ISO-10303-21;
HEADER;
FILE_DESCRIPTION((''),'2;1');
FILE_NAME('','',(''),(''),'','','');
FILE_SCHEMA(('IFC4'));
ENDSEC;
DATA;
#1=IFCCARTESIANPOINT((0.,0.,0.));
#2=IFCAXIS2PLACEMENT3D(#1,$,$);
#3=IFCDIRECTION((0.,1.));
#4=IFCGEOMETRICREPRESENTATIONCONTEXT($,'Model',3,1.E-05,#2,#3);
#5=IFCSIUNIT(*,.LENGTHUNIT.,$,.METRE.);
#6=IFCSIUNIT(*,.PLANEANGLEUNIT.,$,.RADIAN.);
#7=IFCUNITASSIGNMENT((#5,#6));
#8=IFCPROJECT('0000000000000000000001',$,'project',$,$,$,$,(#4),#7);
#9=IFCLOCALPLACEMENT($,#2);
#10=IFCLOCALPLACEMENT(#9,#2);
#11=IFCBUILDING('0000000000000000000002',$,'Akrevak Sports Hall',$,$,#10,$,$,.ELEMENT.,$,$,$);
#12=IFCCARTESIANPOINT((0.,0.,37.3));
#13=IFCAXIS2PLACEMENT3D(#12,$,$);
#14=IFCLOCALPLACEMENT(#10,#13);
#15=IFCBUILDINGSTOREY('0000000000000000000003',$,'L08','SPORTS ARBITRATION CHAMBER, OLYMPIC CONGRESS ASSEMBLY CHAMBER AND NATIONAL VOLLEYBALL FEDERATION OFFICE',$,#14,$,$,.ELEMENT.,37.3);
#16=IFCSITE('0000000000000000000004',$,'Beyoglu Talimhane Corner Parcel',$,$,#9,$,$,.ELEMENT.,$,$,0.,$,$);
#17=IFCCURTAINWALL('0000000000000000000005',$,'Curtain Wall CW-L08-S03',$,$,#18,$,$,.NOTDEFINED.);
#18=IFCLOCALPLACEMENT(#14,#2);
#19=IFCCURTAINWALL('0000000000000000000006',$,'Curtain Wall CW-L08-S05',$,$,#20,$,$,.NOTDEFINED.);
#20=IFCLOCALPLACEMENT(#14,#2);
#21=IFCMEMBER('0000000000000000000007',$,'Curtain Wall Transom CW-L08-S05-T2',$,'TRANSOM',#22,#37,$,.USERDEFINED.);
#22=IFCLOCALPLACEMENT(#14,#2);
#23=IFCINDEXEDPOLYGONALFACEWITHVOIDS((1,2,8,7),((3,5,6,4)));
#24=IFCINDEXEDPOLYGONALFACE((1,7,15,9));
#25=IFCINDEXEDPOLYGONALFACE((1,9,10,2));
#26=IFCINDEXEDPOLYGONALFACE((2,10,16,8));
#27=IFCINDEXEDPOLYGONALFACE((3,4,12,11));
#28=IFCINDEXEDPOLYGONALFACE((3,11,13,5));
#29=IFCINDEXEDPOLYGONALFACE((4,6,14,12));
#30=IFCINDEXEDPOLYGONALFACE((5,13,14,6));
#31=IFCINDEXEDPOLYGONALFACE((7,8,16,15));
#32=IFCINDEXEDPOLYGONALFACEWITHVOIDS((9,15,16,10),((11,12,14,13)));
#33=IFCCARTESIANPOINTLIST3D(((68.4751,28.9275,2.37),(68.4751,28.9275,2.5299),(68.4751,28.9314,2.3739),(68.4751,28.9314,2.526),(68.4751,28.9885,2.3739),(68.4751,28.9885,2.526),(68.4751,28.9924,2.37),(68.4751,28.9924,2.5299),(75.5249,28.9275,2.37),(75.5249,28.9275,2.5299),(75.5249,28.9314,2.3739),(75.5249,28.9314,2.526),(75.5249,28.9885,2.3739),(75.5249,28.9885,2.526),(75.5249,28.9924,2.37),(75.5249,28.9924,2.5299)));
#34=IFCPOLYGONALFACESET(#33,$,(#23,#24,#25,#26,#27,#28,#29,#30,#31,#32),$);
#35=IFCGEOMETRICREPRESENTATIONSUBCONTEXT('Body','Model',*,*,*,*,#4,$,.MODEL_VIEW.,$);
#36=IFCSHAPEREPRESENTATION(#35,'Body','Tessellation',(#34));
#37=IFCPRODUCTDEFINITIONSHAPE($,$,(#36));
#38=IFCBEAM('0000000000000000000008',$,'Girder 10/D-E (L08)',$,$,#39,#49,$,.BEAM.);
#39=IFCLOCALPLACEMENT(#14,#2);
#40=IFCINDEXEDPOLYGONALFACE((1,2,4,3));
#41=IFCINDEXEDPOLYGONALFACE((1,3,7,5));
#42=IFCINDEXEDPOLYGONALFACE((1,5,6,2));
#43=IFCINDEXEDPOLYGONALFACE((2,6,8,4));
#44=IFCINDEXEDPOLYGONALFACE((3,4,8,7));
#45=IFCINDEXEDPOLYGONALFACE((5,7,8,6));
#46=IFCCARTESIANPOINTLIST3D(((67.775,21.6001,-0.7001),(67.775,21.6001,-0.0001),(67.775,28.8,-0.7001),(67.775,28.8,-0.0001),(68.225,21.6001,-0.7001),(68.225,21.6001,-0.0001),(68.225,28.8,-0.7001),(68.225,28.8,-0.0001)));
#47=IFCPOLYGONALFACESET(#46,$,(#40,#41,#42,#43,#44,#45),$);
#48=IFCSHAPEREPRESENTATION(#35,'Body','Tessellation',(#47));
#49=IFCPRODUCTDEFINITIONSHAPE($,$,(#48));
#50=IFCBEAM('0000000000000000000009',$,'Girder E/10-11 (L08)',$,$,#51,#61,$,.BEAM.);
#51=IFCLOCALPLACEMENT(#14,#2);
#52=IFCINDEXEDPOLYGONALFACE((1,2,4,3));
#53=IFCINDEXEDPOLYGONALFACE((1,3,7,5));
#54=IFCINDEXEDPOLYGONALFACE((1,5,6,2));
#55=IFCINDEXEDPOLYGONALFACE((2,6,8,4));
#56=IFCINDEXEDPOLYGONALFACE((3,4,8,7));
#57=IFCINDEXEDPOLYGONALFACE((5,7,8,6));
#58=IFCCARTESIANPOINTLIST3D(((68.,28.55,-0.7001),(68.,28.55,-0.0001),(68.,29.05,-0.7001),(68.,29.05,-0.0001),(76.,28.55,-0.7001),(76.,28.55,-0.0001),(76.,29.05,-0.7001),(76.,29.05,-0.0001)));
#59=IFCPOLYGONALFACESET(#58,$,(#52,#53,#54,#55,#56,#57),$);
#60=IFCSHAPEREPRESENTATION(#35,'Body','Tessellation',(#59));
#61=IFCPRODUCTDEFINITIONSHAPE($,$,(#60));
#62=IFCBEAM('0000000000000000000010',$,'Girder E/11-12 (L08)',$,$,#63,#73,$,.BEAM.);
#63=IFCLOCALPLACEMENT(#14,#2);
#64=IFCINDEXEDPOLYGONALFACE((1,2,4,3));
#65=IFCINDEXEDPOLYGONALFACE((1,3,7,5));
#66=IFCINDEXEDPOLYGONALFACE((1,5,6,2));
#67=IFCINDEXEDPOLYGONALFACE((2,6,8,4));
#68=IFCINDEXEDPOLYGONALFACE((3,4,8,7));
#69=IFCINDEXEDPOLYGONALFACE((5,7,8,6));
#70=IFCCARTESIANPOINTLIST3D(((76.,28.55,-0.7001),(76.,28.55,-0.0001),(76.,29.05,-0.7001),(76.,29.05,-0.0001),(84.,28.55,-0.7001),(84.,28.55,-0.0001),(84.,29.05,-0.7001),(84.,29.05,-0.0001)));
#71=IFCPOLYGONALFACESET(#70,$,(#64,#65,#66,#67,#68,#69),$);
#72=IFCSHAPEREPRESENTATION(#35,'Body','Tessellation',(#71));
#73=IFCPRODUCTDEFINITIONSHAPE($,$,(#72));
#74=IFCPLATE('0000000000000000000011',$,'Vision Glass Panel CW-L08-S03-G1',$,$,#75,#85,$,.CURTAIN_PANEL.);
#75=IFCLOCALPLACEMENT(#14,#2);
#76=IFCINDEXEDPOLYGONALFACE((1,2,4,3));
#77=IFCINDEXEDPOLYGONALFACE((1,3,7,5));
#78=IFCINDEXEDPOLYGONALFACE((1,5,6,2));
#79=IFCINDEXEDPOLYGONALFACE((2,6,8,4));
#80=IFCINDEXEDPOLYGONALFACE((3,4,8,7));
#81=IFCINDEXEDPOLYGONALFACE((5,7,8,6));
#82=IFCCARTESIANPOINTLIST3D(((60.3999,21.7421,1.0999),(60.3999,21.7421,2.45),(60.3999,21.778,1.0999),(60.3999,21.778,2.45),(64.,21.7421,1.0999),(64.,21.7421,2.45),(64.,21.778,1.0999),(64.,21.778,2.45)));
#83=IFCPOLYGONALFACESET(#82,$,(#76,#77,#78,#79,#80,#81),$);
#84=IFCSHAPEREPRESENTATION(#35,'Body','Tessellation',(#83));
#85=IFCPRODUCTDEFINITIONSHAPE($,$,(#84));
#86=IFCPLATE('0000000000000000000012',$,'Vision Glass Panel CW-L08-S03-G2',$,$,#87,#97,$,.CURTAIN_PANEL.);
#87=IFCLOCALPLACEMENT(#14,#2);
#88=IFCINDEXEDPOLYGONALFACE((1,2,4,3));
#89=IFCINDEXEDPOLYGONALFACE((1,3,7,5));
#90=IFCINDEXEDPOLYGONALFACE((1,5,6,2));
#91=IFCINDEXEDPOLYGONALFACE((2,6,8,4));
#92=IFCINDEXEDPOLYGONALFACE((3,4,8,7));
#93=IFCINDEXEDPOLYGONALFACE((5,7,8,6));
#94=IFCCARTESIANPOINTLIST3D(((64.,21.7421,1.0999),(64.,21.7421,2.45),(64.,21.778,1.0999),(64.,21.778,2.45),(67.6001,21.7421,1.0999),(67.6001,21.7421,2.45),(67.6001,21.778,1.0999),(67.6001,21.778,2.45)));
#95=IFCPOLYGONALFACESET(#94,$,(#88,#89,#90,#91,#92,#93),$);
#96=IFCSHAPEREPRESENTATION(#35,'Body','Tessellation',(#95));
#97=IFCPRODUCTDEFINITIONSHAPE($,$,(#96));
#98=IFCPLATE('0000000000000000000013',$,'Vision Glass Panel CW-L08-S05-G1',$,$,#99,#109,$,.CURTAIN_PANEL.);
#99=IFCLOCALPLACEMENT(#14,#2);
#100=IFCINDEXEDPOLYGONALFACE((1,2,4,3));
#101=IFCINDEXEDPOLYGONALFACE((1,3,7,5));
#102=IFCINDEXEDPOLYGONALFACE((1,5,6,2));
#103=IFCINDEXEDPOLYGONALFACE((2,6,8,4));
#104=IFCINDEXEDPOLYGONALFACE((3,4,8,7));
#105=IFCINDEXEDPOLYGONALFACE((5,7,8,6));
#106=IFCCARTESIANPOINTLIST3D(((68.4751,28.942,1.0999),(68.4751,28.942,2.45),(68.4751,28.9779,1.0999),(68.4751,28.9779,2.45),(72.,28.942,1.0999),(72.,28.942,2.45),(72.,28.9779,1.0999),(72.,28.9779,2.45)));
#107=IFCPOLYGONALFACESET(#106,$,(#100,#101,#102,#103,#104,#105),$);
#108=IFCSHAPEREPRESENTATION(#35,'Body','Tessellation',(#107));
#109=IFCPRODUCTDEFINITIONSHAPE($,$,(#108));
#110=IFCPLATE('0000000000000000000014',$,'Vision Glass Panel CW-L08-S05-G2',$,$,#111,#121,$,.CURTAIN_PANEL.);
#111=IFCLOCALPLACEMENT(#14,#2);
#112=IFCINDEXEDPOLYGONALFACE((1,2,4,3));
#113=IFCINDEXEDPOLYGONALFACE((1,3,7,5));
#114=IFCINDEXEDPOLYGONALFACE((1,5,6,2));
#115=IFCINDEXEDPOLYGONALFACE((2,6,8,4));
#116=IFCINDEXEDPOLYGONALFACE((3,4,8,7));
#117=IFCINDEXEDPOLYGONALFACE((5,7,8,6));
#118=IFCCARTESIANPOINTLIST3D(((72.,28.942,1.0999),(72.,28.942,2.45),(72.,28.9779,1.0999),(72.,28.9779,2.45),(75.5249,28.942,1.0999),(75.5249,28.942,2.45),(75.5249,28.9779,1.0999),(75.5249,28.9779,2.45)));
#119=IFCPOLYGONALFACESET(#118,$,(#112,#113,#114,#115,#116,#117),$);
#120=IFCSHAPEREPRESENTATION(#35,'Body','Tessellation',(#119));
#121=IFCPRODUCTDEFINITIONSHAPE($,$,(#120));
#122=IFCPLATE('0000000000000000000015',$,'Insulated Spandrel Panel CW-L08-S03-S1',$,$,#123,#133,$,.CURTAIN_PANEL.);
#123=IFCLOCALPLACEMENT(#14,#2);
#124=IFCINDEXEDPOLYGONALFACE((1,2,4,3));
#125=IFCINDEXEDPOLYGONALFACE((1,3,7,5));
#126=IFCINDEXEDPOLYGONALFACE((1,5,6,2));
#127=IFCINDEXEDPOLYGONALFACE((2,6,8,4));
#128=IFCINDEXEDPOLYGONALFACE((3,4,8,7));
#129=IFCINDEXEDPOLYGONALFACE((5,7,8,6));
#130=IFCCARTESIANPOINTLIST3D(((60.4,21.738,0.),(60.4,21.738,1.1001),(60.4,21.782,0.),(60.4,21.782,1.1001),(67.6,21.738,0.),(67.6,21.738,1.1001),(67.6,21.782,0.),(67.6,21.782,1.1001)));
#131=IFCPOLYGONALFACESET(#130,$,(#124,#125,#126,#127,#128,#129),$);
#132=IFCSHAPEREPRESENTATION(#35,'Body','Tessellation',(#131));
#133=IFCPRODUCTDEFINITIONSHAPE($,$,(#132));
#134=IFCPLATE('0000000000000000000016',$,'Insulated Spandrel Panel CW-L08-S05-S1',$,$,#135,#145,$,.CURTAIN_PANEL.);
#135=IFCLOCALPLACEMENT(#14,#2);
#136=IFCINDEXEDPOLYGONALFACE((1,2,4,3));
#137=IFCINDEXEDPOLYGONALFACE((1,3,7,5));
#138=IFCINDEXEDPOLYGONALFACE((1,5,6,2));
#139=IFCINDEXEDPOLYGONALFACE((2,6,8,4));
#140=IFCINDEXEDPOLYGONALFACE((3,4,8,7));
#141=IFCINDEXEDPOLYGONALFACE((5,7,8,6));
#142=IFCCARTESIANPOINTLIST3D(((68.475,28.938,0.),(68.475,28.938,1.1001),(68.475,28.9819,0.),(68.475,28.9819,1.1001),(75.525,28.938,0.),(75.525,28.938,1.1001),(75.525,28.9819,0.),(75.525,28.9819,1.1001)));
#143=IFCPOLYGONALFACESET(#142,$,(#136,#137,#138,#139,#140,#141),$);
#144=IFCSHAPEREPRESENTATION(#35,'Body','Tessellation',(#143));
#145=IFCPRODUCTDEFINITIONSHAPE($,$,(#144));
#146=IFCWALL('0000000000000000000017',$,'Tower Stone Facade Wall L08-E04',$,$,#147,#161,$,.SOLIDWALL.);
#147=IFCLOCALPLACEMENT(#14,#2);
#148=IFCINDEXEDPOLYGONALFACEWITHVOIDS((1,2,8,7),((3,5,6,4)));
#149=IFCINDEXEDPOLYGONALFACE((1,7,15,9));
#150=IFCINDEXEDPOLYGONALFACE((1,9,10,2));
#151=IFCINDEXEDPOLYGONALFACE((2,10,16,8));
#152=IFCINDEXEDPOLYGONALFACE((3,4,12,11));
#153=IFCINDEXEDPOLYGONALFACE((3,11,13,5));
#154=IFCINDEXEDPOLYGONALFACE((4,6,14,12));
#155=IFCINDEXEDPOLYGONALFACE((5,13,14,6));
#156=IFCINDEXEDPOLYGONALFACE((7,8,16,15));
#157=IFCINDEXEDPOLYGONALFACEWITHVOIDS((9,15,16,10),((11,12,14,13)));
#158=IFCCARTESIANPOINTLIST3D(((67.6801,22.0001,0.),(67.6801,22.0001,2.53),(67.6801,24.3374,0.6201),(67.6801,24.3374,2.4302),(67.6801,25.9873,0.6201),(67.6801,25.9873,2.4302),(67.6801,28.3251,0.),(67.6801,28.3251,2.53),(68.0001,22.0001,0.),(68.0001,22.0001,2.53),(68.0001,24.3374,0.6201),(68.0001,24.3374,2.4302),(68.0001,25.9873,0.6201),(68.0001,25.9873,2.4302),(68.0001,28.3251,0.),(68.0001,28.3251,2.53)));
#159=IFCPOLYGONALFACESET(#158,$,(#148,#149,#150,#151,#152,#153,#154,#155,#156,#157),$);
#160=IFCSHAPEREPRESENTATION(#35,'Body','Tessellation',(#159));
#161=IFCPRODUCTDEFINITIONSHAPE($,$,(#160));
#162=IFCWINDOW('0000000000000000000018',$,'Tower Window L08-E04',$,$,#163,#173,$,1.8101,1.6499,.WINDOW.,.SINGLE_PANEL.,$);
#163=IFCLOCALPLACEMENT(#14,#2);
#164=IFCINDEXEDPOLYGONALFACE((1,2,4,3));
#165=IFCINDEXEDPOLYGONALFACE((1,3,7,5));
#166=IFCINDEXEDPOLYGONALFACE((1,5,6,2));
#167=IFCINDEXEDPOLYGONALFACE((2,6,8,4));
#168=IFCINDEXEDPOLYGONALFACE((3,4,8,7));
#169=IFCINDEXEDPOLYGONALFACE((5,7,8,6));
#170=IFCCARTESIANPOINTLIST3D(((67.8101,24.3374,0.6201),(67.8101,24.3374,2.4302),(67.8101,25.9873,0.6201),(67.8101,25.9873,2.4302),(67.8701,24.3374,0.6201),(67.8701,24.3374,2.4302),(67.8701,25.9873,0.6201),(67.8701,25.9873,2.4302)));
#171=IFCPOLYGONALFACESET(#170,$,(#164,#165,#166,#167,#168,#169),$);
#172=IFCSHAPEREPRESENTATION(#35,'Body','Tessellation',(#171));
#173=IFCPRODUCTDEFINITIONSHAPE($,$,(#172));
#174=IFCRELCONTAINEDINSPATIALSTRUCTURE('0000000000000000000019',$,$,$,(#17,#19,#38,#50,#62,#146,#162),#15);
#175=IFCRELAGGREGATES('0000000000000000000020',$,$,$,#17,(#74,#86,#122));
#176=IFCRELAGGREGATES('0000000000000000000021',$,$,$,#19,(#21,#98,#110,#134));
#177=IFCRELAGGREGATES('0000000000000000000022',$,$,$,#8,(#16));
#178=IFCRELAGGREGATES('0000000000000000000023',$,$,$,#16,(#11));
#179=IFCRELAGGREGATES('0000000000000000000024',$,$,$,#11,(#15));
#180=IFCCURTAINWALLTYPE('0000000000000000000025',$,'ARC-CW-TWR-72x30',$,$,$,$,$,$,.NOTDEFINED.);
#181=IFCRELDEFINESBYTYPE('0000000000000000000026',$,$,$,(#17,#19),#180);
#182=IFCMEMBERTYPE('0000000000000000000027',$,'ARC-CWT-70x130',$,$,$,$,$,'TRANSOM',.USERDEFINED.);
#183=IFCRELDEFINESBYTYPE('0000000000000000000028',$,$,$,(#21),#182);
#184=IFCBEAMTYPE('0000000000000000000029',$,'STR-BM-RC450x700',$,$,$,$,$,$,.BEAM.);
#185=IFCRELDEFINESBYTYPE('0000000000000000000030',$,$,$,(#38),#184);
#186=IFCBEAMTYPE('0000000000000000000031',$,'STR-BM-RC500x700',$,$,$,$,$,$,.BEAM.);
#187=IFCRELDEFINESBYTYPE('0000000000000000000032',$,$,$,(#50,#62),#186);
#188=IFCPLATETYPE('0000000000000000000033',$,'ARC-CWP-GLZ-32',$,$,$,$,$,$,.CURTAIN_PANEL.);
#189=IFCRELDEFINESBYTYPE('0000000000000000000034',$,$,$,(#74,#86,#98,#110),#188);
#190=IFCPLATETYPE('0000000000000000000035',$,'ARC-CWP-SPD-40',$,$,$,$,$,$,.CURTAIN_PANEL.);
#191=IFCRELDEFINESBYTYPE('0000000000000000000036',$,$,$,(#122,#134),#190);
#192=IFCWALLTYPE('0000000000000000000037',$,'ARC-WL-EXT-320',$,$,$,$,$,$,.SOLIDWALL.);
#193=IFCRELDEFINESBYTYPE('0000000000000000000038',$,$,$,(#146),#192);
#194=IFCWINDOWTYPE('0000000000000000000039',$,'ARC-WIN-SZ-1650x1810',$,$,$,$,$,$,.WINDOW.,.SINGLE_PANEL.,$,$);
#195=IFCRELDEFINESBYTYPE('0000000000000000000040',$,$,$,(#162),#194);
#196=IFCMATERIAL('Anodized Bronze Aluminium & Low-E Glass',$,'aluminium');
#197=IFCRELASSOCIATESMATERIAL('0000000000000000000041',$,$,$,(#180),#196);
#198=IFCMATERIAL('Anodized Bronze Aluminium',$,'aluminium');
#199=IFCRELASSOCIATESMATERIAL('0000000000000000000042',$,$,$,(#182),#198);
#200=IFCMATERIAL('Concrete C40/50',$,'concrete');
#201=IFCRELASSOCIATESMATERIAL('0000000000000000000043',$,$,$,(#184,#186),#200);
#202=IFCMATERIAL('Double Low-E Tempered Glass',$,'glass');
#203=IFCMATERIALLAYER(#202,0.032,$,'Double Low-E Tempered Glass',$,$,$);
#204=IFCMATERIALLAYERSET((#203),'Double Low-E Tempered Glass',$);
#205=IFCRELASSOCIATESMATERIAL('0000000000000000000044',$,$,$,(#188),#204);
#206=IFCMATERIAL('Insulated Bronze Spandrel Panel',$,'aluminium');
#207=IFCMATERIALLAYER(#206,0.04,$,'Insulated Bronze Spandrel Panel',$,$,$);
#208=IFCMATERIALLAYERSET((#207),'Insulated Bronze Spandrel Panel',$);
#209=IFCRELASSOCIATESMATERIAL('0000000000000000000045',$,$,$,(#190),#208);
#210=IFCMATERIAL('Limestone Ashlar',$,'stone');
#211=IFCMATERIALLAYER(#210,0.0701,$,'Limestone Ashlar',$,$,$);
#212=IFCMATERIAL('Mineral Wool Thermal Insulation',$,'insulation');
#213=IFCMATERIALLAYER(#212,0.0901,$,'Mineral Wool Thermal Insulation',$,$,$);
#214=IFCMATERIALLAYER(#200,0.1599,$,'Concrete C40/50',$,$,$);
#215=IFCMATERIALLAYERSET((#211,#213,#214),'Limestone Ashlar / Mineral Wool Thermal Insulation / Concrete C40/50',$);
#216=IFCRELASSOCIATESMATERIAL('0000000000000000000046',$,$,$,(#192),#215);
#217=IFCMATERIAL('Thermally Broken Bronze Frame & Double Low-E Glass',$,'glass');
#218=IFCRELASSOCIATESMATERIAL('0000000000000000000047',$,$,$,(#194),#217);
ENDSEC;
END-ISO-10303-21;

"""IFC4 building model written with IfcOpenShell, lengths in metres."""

from ifc_helpers import new_model, si_unit, direction, frame, frame_2d, origin, origin_2d, place, context, subcontext, project, spatial, rectangle, hollow_rectangle, extrude, material, layer, layer_set, material_profile, profile_set, type_object, element, fill, aggregate, save


model = new_model("IFC4")

# Units and contexts
model_context = context("Model", 3, precision=1e-05, world=origin(), true_north=direction((0.0, 1.0)))
body_context = subcontext(model_context, "Body", "Model", "MODEL_VIEW")
ifc_project = project(units=[si_unit("LENGTHUNIT", "METRE"), si_unit("PLANEANGLEUNIT", "RADIAN")], contexts=[model_context])

# Site, building, storey
site_placement = place(None, origin())
site = spatial("IfcSite", under=ifc_project, at=site_placement, Name="Beyoglu Talimhane Corner Parcel", CompositionType="ELEMENT", RefElevation=0.0)
building_placement = place(site_placement, origin())
building = spatial("IfcBuilding", under=site, at=building_placement, Name="Akrevak Sports Hall", CompositionType="ELEMENT")
storey_placement = place(building_placement, frame((0.0, 0.0, 37.3)))
storey = spatial("IfcBuildingStorey", under=building, at=storey_placement, Name="L08", Description="SPORTS ARBITRATION CHAMBER, OLYMPIC CONGRESS ASSEMBLY CHAMBER AND NATIONAL VOLLEYBALL FEDERATION OFFICE", CompositionType="ELEMENT", Elevation=37.3)

# Shared definitions
ifc_material_1 = material(Name="Concrete C40/50", Category="concrete")

# Curtain walls
ifc_material_2 = material(Name="Anodized Bronze Aluminium & Low-E Glass", Category="aluminium")
curtain_wall_type = type_object("IfcCurtainWallType", Name="ARC-CW-TWR-72x30", PredefinedType="NOTDEFINED", material=ifc_material_2)
curtain_wall_1_placement = place(storey_placement, origin())
curtain_wall_1 = element("IfcCurtainWall", 1, at=curtain_wall_1_placement, inside=storey, type_object=curtain_wall_type, Name="Curtain Wall CW-L08-S03", PredefinedType="NOTDEFINED")
ifc_material_3 = material(Name="Anodized Bronze Aluminium", Category="aluminium")
curtain_wall_2_placement = place(storey_placement, origin())
curtain_wall_2 = element("IfcCurtainWall", 2, at=curtain_wall_2_placement, inside=storey, type_object=curtain_wall_type, Name="Curtain Wall CW-L08-S05", PredefinedType="NOTDEFINED")

# Member
ifc_material_profile_1 = material_profile(ifc_material_3, hollow_rectangle(XDim=0.0649, YDim=0.1599, WallThickness=0.0039, at=origin_2d()), Name="CWT 65x160", Category="aluminium")
ifc_profile_set_1 = profile_set([ifc_material_profile_1], Name="Anodized Bronze Aluminium")
member_type_1 = type_object("IfcMemberType", Name="ARC-CWT-70x130", ElementType="TRANSOM", PredefinedType="USERDEFINED", material=ifc_profile_set_1)
member_1_placement = place(storey_placement, frame((68.4751, 28.96, 2.45), z_axis=(1.0, 0.0, 0.0), x_axis=(0.0, 1.0, 0.0)))
member_1 = element("IfcMember", 3, at=member_1_placement, type_object=member_type_1, Name="Curtain Wall Transom CW-L08-S05-T2", ObjectType="TRANSOM", PredefinedType="USERDEFINED", context=body_context, shape_type="SweptSolid", body=[
    extrude(hollow_rectangle(XDim=0.0649, YDim=0.1599, WallThickness=0.0039, at=origin_2d()), origin(), (0.0, 0.0, 1.0), 7.0498),
])

# Beams
ifc_material_profile_2 = material_profile(ifc_material_1, rectangle(XDim=0.45, YDim=0.7, at=origin_2d()), Name="BM 450x700", Category="concrete")
ifc_profile_set_2 = profile_set([ifc_material_profile_2], Name="Concrete C40/50")
beam_type_1 = type_object("IfcBeamType", Name="STR-BM-RC450x700", PredefinedType="BEAM", material=ifc_profile_set_2)
beam_placement = place(storey_placement, frame((68.0, 21.6001, -0.3501), z_axis=(0.0, 1.0, 0.0), x_axis=(-1.0, 0.0, 0.0)))
element("IfcBeam", 4, at=beam_placement, inside=storey, type_object=beam_type_1, Name="Girder 10/D-E (L08)", PredefinedType="BEAM", context=body_context, shape_type="SweptSolid", body=[
    extrude(rectangle(XDim=0.45, YDim=0.7, at=origin_2d()), origin(), (0.0, 0.0, 1.0), 7.2),
])
ifc_material_profile_3 = material_profile(ifc_material_1, rectangle(XDim=0.5, YDim=0.7, at=origin_2d()), Name="BM 500x700", Category="concrete")
ifc_profile_set_3 = profile_set([ifc_material_profile_3], Name="Concrete C40/50")
beam_type_2 = type_object("IfcBeamType", Name="STR-BM-RC500x700", PredefinedType="BEAM", material=ifc_profile_set_3)
for number, where, z_axis, x_axis, name in (
    (5, (68.0, 28.8, -0.3501), (1.0, 0.0, 0.0), (0.0, 1.0, 0.0), "Girder E/10-11 (L08)"),
    (6, (76.0, 28.8, -0.3501), (1.0, 0.0, 0.0), (0.0, 1.0, 0.0), "Girder E/11-12 (L08)"),
):
    element("IfcBeam", number, at=place(storey_placement, frame(where, z_axis=z_axis, x_axis=x_axis)), inside=storey, type_object=beam_type_2, Name=name, PredefinedType="BEAM", context=body_context, shape_type="SweptSolid", body=[
        extrude(rectangle(XDim=0.5, YDim=0.7, at=origin_2d()), origin(), (0.0, 0.0, 1.0), 8.0),
    ])

# Plates
ifc_material_4 = material(Name="Double Low-E Tempered Glass", Category="glass")
ifc_layer_1 = layer(ifc_material_4, 0.032, Name="Double Low-E Tempered Glass")
ifc_layer_set_1 = layer_set([ifc_layer_1], Name="Double Low-E Tempered Glass")
plate_type_1 = type_object("IfcPlateType", Name="ARC-CWP-GLZ-32", PredefinedType="CURTAIN_PANEL", material=ifc_layer_set_1)
plate_1_placement = place(storey_placement, frame((62.2, 21.76, 1.0999), z_axis=(0.0, 0.0, 1.0), x_axis=(1.0, 0.0, 0.0)))
plate_1 = element("IfcPlate", 7, at=plate_1_placement, type_object=plate_type_1, Name="Vision Glass Panel CW-L08-S03-G1", PredefinedType="CURTAIN_PANEL", context=body_context, shape_type="SweptSolid", body=[
    extrude(rectangle(XDim=3.6001, YDim=0.0359, at=origin_2d()), origin(), (0.0, 0.0, 1.0), 1.3501),
])
plate_2_placement = place(storey_placement, frame((65.8, 21.76, 1.0999), z_axis=(0.0, 0.0, 1.0), x_axis=(1.0, 0.0, 0.0)))
plate_2 = element("IfcPlate", 8, at=plate_2_placement, type_object=plate_type_1, Name="Vision Glass Panel CW-L08-S03-G2", PredefinedType="CURTAIN_PANEL", context=body_context, shape_type="SweptSolid", body=[
    extrude(rectangle(XDim=3.6001, YDim=0.0359, at=origin_2d()), origin(), (0.0, 0.0, 1.0), 1.3501),
])
plate_3_placement = place(storey_placement, frame((70.2375, 28.96, 1.0999), z_axis=(0.0, 0.0, 1.0), x_axis=(1.0, 0.0, 0.0)))
plate_3 = element("IfcPlate", 9, at=plate_3_placement, type_object=plate_type_1, Name="Vision Glass Panel CW-L08-S05-G1", PredefinedType="CURTAIN_PANEL", context=body_context, shape_type="SweptSolid", body=[
    extrude(rectangle(XDim=3.5249, YDim=0.0359, at=origin_2d()), origin(), (0.0, 0.0, 1.0), 1.3501),
])
plate_4_placement = place(storey_placement, frame((73.7625, 28.96, 1.0999), z_axis=(0.0, 0.0, 1.0), x_axis=(1.0, 0.0, 0.0)))
plate_4 = element("IfcPlate", 10, at=plate_4_placement, type_object=plate_type_1, Name="Vision Glass Panel CW-L08-S05-G2", PredefinedType="CURTAIN_PANEL", context=body_context, shape_type="SweptSolid", body=[
    extrude(rectangle(XDim=3.5249, YDim=0.0359, at=origin_2d()), origin(), (0.0, 0.0, 1.0), 1.3501),
])
ifc_material_5 = material(Name="Insulated Bronze Spandrel Panel", Category="aluminium")
ifc_layer_2 = layer(ifc_material_5, 0.04, Name="Insulated Bronze Spandrel Panel")
ifc_layer_set_2 = layer_set([ifc_layer_2], Name="Insulated Bronze Spandrel Panel")
plate_type_2 = type_object("IfcPlateType", Name="ARC-CWP-SPD-40", PredefinedType="CURTAIN_PANEL", material=ifc_layer_set_2)
plate_5_placement = place(storey_placement, frame((64.0, 21.76, 0.0), z_axis=(0.0, 0.0, 1.0), x_axis=(1.0, 0.0, 0.0)))
plate_5 = element("IfcPlate", 11, at=plate_5_placement, type_object=plate_type_2, Name="Insulated Spandrel Panel CW-L08-S03-S1", PredefinedType="CURTAIN_PANEL", context=body_context, shape_type="SweptSolid", body=[
    extrude(rectangle(XDim=7.2, YDim=0.0439, at=origin_2d()), origin(), (0.0, 0.0, 1.0), 1.1001),
])
aggregate(curtain_wall_1, [plate_1, plate_2, plate_5])
plate_6_placement = place(storey_placement, frame((72.0, 28.96, 0.0), z_axis=(0.0, 0.0, 1.0), x_axis=(1.0, 0.0, 0.0)))
plate_6 = element("IfcPlate", 12, at=plate_6_placement, type_object=plate_type_2, Name="Insulated Spandrel Panel CW-L08-S05-S1", PredefinedType="CURTAIN_PANEL", context=body_context, shape_type="SweptSolid", body=[
    extrude(rectangle(XDim=7.05, YDim=0.0439, at=origin_2d()), origin(), (0.0, 0.0, 1.0), 1.1001),
])
aggregate(curtain_wall_2, [member_1, plate_3, plate_4, plate_6])

# Wall, opening, window
ifc_material_6 = material(Name="Limestone Ashlar", Category="stone")
ifc_layer_3 = layer(ifc_material_6, 0.0701, Name="Limestone Ashlar")
ifc_material_7 = material(Name="Mineral Wool Thermal Insulation", Category="insulation")
ifc_layer_4 = layer(ifc_material_7, 0.0901, Name="Mineral Wool Thermal Insulation")
ifc_layer_5 = layer(ifc_material_1, 0.1599, Name="Concrete C40/50")
ifc_layer_set_3 = layer_set([ifc_layer_3, ifc_layer_4, ifc_layer_5], Name="Limestone Ashlar / Mineral Wool Thermal Insulation / Concrete C40/50")
wall_type = type_object("IfcWallType", Name="ARC-WL-EXT-320", PredefinedType="SOLIDWALL", material=ifc_layer_set_3)
wall_placement = place(storey_placement, frame((67.8401, 22.0, 0.0), z_axis=(0.0, 0.0, 1.0), x_axis=(0.0, 1.0, 0.0)))
wall = element("IfcWall", 13, at=wall_placement, inside=storey, type_object=wall_type, Name="Tower Stone Facade Wall L08-E04", PredefinedType="SOLIDWALL", context=body_context, shape_type="SweptSolid", body=[
    extrude(rectangle(XDim=6.325, YDim=0.3201, at=frame_2d((3.1626, 0.0))), origin(), (0.0, 0.0, 1.0), 2.53),
])
opening_placement = place(wall_placement, frame((2.3374, 0.0, 0.6201)))
opening = element("IfcOpeningElement", 14, at=opening_placement, cuts=wall, PredefinedType="OPENING", context=body_context, shape_type="SweptSolid", body=[
    extrude(rectangle(XDim=1.6499, YDim=1.8101, at=frame_2d((0.825, 0.905))), frame((0.0, 0.1719, 0.0), z_axis=(0.0, -1.0, 0.0), x_axis=(1.0, 0.0, 0.0)), (0.0, 0.0, 1.0), 0.344),
])
ifc_material_8 = material(Name="Thermally Broken Bronze Frame & Double Low-E Glass", Category="glass")
window_type = type_object("IfcWindowType", Name="ARC-WIN-SZ-1650x1810", PartitioningType="SINGLE_PANEL", PredefinedType="WINDOW", material=ifc_material_8)
window_placement = place(opening_placement, origin())
window = element("IfcWindow", 15, at=window_placement, inside=storey, type_object=window_type, Name="Tower Window L08-E04", OverallHeight=1.8101, OverallWidth=1.6499, PartitioningType="SINGLE_PANEL", PredefinedType="WINDOW", context=body_context, shape_type="SweptSolid", body=[
    extrude(rectangle(XDim=1.6499, YDim=1.8101, at=frame_2d((0.825, 0.905))), frame((0.0, 0.03, 0.0), z_axis=(0.0, -1.0, 0.0), x_axis=(1.0, 0.0, 0.0)), (0.0, 0.0, 1.0), 0.0601),
])
fill(opening, window)

save(model, "model.ifc")
